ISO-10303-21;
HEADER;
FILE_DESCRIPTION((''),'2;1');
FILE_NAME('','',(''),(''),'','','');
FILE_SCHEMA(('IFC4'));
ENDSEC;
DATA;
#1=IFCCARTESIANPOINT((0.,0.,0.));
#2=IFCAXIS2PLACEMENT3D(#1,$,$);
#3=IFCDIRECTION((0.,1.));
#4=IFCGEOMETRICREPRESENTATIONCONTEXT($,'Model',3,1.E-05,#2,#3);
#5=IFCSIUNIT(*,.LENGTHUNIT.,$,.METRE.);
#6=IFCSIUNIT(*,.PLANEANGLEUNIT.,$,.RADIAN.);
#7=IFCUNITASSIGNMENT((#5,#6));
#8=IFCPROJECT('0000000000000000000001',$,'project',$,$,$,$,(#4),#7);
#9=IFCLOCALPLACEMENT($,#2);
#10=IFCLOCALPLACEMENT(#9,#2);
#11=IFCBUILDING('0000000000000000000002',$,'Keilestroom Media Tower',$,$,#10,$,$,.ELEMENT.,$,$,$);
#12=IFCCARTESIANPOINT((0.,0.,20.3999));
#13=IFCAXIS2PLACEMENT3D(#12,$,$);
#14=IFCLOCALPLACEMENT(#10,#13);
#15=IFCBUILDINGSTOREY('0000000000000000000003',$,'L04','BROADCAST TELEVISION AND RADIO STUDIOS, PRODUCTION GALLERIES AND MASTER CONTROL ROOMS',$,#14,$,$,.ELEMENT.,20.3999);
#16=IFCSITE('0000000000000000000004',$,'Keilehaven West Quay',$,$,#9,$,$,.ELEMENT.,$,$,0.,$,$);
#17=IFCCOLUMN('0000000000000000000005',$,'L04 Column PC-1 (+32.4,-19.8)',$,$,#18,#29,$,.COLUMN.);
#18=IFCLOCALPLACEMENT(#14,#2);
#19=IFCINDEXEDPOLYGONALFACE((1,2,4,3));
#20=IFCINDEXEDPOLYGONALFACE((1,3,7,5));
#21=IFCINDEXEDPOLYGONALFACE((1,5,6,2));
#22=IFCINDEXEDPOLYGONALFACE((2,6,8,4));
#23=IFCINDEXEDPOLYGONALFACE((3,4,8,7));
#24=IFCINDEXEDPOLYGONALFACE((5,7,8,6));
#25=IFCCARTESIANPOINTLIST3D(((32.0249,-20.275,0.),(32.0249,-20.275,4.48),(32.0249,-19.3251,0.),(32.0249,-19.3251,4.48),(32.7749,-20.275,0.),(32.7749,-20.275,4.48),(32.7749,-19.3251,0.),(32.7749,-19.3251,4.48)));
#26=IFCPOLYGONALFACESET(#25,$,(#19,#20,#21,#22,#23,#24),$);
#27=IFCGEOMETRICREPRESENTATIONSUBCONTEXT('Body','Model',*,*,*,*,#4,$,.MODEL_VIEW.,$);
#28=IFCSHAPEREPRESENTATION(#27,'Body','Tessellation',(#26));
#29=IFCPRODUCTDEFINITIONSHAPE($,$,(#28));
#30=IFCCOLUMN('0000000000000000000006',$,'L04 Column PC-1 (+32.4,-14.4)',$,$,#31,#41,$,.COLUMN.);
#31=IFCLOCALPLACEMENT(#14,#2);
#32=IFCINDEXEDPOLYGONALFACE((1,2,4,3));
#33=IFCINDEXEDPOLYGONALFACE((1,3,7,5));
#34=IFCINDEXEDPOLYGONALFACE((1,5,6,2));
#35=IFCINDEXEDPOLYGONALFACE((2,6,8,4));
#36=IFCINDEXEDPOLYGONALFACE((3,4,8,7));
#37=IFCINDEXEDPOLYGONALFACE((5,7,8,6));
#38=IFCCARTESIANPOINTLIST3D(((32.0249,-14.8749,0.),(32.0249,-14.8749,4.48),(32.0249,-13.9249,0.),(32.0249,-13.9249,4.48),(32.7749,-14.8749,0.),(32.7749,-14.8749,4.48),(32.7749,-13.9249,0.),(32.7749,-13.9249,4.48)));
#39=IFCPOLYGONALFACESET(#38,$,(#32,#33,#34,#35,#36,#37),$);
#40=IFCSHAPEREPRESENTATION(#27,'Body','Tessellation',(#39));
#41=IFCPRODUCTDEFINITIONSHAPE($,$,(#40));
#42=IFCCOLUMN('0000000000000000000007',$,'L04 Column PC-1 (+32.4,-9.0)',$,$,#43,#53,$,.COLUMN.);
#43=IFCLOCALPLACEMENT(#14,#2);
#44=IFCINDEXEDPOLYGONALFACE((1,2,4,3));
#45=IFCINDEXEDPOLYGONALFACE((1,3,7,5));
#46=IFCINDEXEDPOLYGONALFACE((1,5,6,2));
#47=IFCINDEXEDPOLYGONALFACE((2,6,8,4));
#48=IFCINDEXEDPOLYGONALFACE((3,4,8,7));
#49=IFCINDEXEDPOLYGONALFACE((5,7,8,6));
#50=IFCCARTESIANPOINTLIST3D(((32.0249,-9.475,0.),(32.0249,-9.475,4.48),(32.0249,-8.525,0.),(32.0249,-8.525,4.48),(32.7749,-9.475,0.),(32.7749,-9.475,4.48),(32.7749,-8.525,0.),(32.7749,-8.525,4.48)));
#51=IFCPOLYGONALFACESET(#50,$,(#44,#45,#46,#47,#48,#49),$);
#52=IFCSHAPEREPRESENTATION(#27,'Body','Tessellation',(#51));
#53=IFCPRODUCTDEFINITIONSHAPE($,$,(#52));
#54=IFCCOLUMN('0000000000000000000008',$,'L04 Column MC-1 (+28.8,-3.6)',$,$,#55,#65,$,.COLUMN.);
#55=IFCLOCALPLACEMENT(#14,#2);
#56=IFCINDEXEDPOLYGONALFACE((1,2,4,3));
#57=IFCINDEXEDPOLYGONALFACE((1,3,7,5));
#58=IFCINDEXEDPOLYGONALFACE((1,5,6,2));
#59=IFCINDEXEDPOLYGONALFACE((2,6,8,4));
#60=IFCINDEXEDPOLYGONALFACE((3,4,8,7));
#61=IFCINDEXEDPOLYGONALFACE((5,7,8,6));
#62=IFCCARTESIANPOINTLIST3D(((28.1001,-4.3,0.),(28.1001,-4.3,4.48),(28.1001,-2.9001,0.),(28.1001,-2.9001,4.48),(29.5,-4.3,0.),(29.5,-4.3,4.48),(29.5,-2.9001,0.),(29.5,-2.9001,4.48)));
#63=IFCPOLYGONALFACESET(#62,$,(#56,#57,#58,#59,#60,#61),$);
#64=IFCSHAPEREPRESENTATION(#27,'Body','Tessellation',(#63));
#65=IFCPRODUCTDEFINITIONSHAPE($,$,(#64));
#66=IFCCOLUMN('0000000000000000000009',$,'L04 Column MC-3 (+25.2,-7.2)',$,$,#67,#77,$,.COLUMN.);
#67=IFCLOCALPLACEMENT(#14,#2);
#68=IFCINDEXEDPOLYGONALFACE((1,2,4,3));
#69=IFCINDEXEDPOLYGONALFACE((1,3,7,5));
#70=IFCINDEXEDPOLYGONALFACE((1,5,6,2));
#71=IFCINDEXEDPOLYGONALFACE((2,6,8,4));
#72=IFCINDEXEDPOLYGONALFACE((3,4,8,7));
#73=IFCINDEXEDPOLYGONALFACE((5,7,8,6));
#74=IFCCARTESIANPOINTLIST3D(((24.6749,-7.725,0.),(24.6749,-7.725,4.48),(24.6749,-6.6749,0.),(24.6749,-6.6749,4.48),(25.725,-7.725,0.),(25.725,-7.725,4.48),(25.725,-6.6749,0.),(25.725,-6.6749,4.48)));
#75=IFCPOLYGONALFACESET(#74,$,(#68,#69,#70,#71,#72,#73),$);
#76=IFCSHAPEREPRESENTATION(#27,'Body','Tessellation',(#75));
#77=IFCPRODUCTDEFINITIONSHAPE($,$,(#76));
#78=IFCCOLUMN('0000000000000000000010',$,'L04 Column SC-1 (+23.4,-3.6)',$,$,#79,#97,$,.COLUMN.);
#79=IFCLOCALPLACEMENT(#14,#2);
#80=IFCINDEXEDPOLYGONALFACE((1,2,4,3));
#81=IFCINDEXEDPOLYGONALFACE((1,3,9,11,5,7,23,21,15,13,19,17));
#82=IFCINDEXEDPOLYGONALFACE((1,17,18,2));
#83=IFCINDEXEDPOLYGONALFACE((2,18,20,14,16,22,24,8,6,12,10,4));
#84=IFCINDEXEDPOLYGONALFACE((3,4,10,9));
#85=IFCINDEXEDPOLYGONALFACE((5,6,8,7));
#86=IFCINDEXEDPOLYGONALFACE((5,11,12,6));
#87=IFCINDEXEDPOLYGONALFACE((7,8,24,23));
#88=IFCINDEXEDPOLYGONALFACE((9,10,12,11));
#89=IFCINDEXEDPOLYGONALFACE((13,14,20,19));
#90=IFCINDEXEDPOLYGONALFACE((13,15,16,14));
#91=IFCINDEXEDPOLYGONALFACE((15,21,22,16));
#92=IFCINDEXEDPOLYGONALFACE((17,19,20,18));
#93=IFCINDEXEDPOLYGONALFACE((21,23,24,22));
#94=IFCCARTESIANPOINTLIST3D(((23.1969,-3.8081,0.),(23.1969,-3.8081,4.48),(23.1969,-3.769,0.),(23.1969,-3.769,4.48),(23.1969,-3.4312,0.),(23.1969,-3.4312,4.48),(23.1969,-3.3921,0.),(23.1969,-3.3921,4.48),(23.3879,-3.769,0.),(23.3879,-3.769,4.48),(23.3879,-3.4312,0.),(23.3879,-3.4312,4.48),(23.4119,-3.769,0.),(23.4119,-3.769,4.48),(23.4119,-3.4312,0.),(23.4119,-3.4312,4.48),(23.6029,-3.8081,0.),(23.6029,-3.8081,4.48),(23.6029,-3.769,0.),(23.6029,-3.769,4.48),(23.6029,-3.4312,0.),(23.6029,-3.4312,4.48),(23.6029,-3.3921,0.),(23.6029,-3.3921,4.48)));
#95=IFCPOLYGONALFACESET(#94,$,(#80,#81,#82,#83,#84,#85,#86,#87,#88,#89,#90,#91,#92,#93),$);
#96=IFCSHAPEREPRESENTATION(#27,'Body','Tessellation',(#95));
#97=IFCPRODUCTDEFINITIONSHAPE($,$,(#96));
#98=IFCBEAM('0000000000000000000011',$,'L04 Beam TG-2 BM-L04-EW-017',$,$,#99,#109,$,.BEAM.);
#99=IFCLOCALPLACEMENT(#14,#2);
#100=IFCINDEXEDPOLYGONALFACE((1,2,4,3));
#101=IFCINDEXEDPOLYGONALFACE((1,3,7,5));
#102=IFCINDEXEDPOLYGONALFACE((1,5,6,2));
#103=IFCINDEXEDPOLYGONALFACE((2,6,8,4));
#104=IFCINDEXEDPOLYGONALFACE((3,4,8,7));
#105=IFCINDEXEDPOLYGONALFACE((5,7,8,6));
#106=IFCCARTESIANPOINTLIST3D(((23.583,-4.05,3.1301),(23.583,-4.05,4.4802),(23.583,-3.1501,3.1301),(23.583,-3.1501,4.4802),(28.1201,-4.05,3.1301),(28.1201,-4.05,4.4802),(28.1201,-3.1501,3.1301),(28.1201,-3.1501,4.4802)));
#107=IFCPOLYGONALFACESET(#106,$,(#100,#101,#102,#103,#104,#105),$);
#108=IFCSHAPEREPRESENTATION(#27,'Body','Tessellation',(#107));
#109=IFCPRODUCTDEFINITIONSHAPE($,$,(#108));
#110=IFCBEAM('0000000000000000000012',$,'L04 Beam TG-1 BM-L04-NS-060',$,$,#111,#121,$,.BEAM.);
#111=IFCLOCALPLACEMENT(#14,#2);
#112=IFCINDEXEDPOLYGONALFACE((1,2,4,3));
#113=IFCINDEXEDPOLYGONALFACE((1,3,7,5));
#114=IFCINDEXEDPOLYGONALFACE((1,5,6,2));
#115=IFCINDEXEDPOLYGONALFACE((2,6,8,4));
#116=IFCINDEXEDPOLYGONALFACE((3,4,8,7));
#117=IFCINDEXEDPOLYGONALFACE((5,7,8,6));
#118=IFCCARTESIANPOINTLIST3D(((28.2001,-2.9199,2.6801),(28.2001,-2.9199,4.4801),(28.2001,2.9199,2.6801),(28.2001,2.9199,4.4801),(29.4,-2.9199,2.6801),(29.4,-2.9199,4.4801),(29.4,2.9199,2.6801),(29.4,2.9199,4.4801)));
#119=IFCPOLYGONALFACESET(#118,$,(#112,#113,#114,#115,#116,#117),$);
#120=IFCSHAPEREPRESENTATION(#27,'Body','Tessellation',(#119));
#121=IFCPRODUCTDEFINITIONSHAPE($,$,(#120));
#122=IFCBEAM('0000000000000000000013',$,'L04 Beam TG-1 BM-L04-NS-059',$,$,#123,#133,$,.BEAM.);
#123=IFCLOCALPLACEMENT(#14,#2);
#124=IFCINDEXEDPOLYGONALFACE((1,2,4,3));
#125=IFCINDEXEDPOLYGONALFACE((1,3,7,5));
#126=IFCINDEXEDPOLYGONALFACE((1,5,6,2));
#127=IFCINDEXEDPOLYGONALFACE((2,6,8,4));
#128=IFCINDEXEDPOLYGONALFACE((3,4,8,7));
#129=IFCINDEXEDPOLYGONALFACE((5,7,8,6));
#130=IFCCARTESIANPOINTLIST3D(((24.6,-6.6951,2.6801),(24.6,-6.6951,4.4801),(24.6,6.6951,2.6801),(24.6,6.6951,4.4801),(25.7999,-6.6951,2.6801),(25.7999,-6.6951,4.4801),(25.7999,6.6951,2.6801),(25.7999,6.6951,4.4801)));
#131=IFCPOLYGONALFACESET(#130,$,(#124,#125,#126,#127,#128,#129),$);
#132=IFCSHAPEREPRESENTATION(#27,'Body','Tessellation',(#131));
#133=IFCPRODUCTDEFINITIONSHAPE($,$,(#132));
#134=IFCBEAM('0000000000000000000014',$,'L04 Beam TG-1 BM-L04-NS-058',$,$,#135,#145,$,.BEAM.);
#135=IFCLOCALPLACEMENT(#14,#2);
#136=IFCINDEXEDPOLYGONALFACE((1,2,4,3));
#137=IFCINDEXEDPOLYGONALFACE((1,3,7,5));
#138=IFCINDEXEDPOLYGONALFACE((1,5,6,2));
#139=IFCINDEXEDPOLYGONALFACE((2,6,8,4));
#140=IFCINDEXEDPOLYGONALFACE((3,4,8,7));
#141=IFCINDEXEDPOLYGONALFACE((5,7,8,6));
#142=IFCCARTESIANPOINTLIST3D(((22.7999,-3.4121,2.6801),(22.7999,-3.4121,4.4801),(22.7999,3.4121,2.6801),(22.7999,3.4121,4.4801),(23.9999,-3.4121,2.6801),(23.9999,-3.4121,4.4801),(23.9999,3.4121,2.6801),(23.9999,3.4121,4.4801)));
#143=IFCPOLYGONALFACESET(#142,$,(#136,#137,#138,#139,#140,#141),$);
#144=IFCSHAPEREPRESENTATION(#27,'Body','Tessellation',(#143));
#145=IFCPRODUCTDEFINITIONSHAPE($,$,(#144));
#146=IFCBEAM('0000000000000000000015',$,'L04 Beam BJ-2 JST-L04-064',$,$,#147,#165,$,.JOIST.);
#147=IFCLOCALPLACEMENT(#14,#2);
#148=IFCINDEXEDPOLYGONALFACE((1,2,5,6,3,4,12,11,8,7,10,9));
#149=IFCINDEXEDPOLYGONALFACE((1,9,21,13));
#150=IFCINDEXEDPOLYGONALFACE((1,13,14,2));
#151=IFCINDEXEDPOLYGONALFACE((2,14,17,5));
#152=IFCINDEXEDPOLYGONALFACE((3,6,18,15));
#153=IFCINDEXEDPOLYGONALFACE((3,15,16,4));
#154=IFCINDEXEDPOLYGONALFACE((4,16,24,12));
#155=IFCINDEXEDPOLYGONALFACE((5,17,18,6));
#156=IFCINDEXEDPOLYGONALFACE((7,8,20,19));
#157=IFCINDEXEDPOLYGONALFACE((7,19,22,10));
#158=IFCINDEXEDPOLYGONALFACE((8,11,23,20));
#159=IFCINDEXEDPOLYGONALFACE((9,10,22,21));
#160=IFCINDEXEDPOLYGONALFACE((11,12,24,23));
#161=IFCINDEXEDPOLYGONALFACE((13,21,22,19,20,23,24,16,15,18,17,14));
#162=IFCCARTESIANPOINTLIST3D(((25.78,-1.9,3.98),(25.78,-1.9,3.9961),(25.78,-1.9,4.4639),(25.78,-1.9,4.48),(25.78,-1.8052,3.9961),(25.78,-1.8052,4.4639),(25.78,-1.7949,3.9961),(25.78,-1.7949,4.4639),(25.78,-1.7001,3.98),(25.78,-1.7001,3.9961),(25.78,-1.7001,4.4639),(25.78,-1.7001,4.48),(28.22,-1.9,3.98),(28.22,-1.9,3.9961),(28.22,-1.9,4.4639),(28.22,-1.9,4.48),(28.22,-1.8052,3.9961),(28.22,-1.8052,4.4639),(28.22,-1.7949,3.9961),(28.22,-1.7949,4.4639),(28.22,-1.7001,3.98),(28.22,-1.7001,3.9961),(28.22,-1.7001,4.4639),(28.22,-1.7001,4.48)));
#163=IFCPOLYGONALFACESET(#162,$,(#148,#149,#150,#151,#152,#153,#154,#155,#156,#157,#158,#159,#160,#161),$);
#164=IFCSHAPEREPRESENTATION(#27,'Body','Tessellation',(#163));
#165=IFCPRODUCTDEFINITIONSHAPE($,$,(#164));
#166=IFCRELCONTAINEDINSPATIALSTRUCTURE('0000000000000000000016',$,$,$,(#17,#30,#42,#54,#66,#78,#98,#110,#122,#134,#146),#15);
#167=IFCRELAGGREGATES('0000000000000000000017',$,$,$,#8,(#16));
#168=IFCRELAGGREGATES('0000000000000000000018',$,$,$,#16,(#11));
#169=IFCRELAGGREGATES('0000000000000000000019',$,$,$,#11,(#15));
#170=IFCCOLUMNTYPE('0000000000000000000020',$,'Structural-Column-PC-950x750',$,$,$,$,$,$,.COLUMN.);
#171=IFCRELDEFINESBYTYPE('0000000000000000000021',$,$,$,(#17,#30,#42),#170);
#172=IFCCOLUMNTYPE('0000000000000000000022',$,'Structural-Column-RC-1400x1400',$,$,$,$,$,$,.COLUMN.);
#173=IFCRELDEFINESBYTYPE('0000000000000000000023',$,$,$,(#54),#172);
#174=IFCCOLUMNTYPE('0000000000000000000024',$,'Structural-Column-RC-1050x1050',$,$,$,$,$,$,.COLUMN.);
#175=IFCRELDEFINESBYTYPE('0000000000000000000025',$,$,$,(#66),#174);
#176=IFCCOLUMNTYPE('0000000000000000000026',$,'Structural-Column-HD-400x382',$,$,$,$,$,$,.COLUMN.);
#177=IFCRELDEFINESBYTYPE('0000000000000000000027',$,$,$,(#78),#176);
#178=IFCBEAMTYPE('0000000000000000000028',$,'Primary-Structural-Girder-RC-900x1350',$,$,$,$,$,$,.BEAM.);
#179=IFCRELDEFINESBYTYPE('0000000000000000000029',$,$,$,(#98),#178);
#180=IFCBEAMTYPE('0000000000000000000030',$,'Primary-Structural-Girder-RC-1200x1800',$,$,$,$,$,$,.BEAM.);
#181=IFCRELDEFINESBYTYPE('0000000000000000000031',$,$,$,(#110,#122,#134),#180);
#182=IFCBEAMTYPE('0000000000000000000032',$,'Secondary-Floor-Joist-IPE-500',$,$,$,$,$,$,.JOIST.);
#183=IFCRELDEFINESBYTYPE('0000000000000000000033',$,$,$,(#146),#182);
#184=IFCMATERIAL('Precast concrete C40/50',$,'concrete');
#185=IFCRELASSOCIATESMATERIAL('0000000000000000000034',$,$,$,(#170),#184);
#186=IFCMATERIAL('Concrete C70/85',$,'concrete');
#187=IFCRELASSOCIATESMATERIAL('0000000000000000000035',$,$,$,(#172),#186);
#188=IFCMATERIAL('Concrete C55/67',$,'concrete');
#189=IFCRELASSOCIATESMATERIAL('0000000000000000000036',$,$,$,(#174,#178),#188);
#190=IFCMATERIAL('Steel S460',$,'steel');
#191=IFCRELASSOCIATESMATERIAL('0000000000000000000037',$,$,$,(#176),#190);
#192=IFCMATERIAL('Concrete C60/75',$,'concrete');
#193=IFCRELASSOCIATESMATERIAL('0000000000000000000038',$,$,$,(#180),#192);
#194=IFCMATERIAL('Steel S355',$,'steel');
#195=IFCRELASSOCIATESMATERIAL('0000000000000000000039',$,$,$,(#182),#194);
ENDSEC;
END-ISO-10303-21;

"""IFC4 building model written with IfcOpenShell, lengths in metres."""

from ifc_helpers import new_model, si_unit, direction, frame, origin, origin_2d, place, context, subcontext, project, spatial, rectangle, i_section, extrude, source, transform, mapped, material, material_profile, profile_set, type_object, element, save


model = new_model("IFC4")

# Units and contexts
model_context = context("Model", 3, precision=1e-05, world=origin(), true_north=direction((0.0, 1.0)))
body_context = subcontext(model_context, "Body", "Model", "MODEL_VIEW")
ifc_project = project(units=[si_unit("LENGTHUNIT", "METRE"), si_unit("PLANEANGLEUNIT", "RADIAN")], contexts=[model_context])

# Site, building, storey
site_placement = place(None, origin())
site = spatial("IfcSite", under=ifc_project, at=site_placement, Name="Keilehaven West Quay", CompositionType="ELEMENT", RefElevation=0.0)
building_placement = place(site_placement, origin())
building = spatial("IfcBuilding", under=site, at=building_placement, Name="Keilestroom Media Tower", CompositionType="ELEMENT")
storey_placement = place(building_placement, frame((0.0, 0.0, 20.3999)))
storey = spatial("IfcBuildingStorey", under=building, at=storey_placement, Name="L04", Description="BROADCAST TELEVISION AND RADIO STUDIOS, PRODUCTION GALLERIES AND MASTER CONTROL ROOMS", CompositionType="ELEMENT", Elevation=20.3999)

# Columns
ifc_material_1 = material(Name="Precast concrete C40/50", Category="concrete")
ifc_material_profile_1 = material_profile(ifc_material_1, rectangle(XDim=0.75, YDim=0.95, at=origin_2d()), Name="PC 950x750")
ifc_profile_set_1 = profile_set([ifc_material_profile_1], Name="Precast concrete C40/50")
column_type_1 = type_object("IfcColumnType", Name="Structural-Column-PC-950x750", PredefinedType="COLUMN", material=ifc_profile_set_1)
shared_shape_1 = source(origin(), body_context, "Body", "SweptSolid", [
    extrude(rectangle(XDim=0.75, YDim=0.95, at=origin_2d()), origin(), (0.0, 0.0, 1.0), 4.48),
])
for number, where, z_axis, x_axis, name in (
    (1, (32.3999, -19.8, 0.0), (0.0, 0.0, 1.0), (1.0, 0.0, 0.0), "L04 Column PC-1 (+32.4,-19.8)"),
    (2, (32.3999, -14.3999, 0.0), (0.0, 0.0, 1.0), (1.0, 0.0, 0.0), "L04 Column PC-1 (+32.4,-14.4)"),
    (3, (32.3999, -9.0, 0.0), (0.0, 0.0, 1.0), (1.0, 0.0, 0.0), "L04 Column PC-1 (+32.4,-9.0)"),
):
    element("IfcColumn", number, at=place(storey_placement, frame(where, z_axis=z_axis, x_axis=x_axis)), inside=storey, type_object=column_type_1, Name=name, PredefinedType="COLUMN", context=body_context, shape_type="MappedRepresentation", body=[
        mapped(shared_shape_1, transform((0.0, 0.0, 0.0), x_axis=(1.0, 0.0, 0.0), y_axis=(0.0, 1.0, 0.0), z_axis=(0.0, 0.0, 1.0), scale=1.0)),
    ])
ifc_material_2 = material(Name="Concrete C70/85", Category="concrete")
ifc_material_profile_2 = material_profile(ifc_material_2, rectangle(XDim=1.3999, YDim=1.3999, at=origin_2d()), Name="RC 1400x1400")
ifc_profile_set_2 = profile_set([ifc_material_profile_2], Name="Concrete C70/85")
column_type_2 = type_object("IfcColumnType", Name="Structural-Column-RC-1400x1400", PredefinedType="COLUMN", material=ifc_profile_set_2)
shared_shape_2 = source(origin(), body_context, "Body", "SweptSolid", [
    extrude(rectangle(XDim=1.3999, YDim=1.3999, at=origin_2d()), origin(), (0.0, 0.0, 1.0), 4.48),
])
column_1_placement = place(storey_placement, frame((28.8, -3.6001, 0.0), z_axis=(0.0, 0.0, 1.0), x_axis=(1.0, 0.0, 0.0)))
element("IfcColumn", 4, at=column_1_placement, inside=storey, type_object=column_type_2, Name="L04 Column MC-1 (+28.8,-3.6)", PredefinedType="COLUMN", context=body_context, shape_type="MappedRepresentation", body=[
    mapped(shared_shape_2, transform((0.0, 0.0, 0.0), x_axis=(1.0, 0.0, 0.0), y_axis=(0.0, 1.0, 0.0), z_axis=(0.0, 0.0, 1.0), scale=1.0)),
])
ifc_material_3 = material(Name="Concrete C55/67", Category="concrete")
ifc_material_profile_3 = material_profile(ifc_material_3, rectangle(XDim=1.05, YDim=1.05, at=origin_2d()), Name="RC 1050x1050")
ifc_profile_set_3 = profile_set([ifc_material_profile_3], Name="Concrete C55/67")
column_type_3 = type_object("IfcColumnType", Name="Structural-Column-RC-1050x1050", PredefinedType="COLUMN", material=ifc_profile_set_3)
shared_shape_3 = source(origin(), body_context, "Body", "SweptSolid", [
    extrude(rectangle(XDim=1.05, YDim=1.05, at=origin_2d()), origin(), (0.0, 0.0, 1.0), 4.48),
])
column_2_placement = place(storey_placement, frame((25.2, -7.2, 0.0), z_axis=(0.0, 0.0, 1.0), x_axis=(1.0, 0.0, 0.0)))
element("IfcColumn", 5, at=column_2_placement, inside=storey, type_object=column_type_3, Name="L04 Column MC-3 (+25.2,-7.2)", PredefinedType="COLUMN", context=body_context, shape_type="MappedRepresentation", body=[
    mapped(shared_shape_3, transform((0.0, 0.0, 0.0), x_axis=(1.0, 0.0, 0.0), y_axis=(0.0, 1.0, 0.0), z_axis=(0.0, 0.0, 1.0), scale=1.0)),
])
ifc_material_4 = material(Name="Steel S460", Category="steel")
ifc_material_profile_4 = material_profile(ifc_material_4, i_section(OverallWidth=0.406, OverallDepth=0.416, WebThickness=0.0239, FlangeThickness=0.0391, at=origin_2d()), Name="HD 400x382")
ifc_profile_set_4 = profile_set([ifc_material_profile_4], Name="Steel S460")
column_type_4 = type_object("IfcColumnType", Name="Structural-Column-HD-400x382", PredefinedType="COLUMN", material=ifc_profile_set_4)
shared_shape_4 = source(origin(), body_context, "Body", "SweptSolid", [
    extrude(i_section(OverallWidth=0.406, OverallDepth=0.416, WebThickness=0.0239, FlangeThickness=0.0391, at=origin_2d()), origin(), (0.0, 0.0, 1.0), 4.48),
])
column_3_placement = place(storey_placement, frame((23.3999, -3.6001, 0.0), z_axis=(0.0, 0.0, 1.0), x_axis=(1.0, 0.0, 0.0)))
element("IfcColumn", 6, at=column_3_placement, inside=storey, type_object=column_type_4, Name="L04 Column SC-1 (+23.4,-3.6)", PredefinedType="COLUMN", context=body_context, shape_type="MappedRepresentation", body=[
    mapped(shared_shape_4, transform((0.0, 0.0, 0.0), x_axis=(1.0, 0.0, 0.0), y_axis=(0.0, 1.0, 0.0), z_axis=(0.0, 0.0, 1.0), scale=1.0)),
])

# Beams
ifc_material_profile_5 = material_profile(ifc_material_3, rectangle(XDim=0.8999, YDim=1.3501, at=origin_2d()), Name="RC 900x1350")
ifc_profile_set_5 = profile_set([ifc_material_profile_5], Name="Concrete C55/67")
beam_type_1 = type_object("IfcBeamType", Name="Primary-Structural-Girder-RC-900x1350", PredefinedType="BEAM", material=ifc_profile_set_5)
shared_shape_5 = source(origin(), body_context, "Body", "SweptSolid", [
    extrude(rectangle(XDim=0.8999, YDim=1.3501, at=origin_2d()), origin(), (0.0, 0.0, 1.0), 4.5371),
])
beam_1_placement = place(storey_placement, frame((23.583, -3.6001, 3.8052), z_axis=(1.0, 0.0, 0.0), x_axis=(0.0, 1.0, 0.0)))
element("IfcBeam", 7, at=beam_1_placement, inside=storey, type_object=beam_type_1, Name="L04 Beam TG-2 BM-L04-EW-017", PredefinedType="BEAM", context=body_context, shape_type="MappedRepresentation", body=[
    mapped(shared_shape_5, transform((0.0, 0.0, 0.0), x_axis=(1.0, 0.0, 0.0), y_axis=(0.0, 1.0, 0.0), z_axis=(0.0, 0.0, 1.0), scale=1.0)),
])
ifc_material_5 = material(Name="Concrete C60/75", Category="concrete")
ifc_material_profile_6 = material_profile(ifc_material_5, rectangle(XDim=1.2, YDim=1.8, at=origin_2d()), Name="RC 1200x1800")
ifc_profile_set_6 = profile_set([ifc_material_profile_6], Name="Concrete C60/75")
beam_type_2 = type_object("IfcBeamType", Name="Primary-Structural-Girder-RC-1200x1800", PredefinedType="BEAM", material=ifc_profile_set_6)
shared_shape_6 = source(origin(), body_context, "Body", "SweptSolid", [
    extrude(rectangle(XDim=1.2, YDim=1.8, at=origin_2d()), origin(), (0.0, 0.0, 1.0), 5.8398),
])
beam_2_placement = place(storey_placement, frame((28.8, -2.9199, 3.5801), z_axis=(0.0, 1.0, 0.0), x_axis=(-1.0, 0.0, 0.0)))
element("IfcBeam", 8, at=beam_2_placement, inside=storey, type_object=beam_type_2, Name="L04 Beam TG-1 BM-L04-NS-060", PredefinedType="BEAM", context=body_context, shape_type="MappedRepresentation", body=[
    mapped(shared_shape_6, transform((0.0, 0.0, 0.0), x_axis=(1.0, 0.0, 0.0), y_axis=(0.0, 1.0, 0.0), z_axis=(0.0, 0.0, 1.0), scale=1.0)),
])
shared_shape_7 = source(origin(), body_context, "Body", "SweptSolid", [
    extrude(rectangle(XDim=1.2, YDim=1.8, at=origin_2d()), origin(), (0.0, 0.0, 1.0), 13.3901),
])
beam_3_placement = place(storey_placement, frame((25.2, -6.6951, 3.5801), z_axis=(0.0, 1.0, 0.0), x_axis=(-1.0, 0.0, 0.0)))
element("IfcBeam", 9, at=beam_3_placement, inside=storey, type_object=beam_type_2, Name="L04 Beam TG-1 BM-L04-NS-059", PredefinedType="BEAM", context=body_context, shape_type="MappedRepresentation", body=[
    mapped(shared_shape_7, transform((0.0, 0.0, 0.0), x_axis=(1.0, 0.0, 0.0), y_axis=(0.0, 1.0, 0.0), z_axis=(0.0, 0.0, 1.0), scale=1.0)),
])
shared_shape_8 = source(origin(), body_context, "Body", "SweptSolid", [
    extrude(rectangle(XDim=1.2, YDim=1.8, at=origin_2d()), origin(), (0.0, 0.0, 1.0), 6.8242),
])
beam_4_placement = place(storey_placement, frame((23.3999, -3.4121, 3.5801), z_axis=(0.0, 1.0, 0.0), x_axis=(-1.0, 0.0, 0.0)))
element("IfcBeam", 10, at=beam_4_placement, inside=storey, type_object=beam_type_2, Name="L04 Beam TG-1 BM-L04-NS-058", PredefinedType="BEAM", context=body_context, shape_type="MappedRepresentation", body=[
    mapped(shared_shape_8, transform((0.0, 0.0, 0.0), x_axis=(1.0, 0.0, 0.0), y_axis=(0.0, 1.0, 0.0), z_axis=(0.0, 0.0, 1.0), scale=1.0)),
])
ifc_material_6 = material(Name="Steel S355", Category="steel")
ifc_material_profile_7 = material_profile(ifc_material_6, i_section(OverallWidth=0.2, OverallDepth=0.5, WebThickness=0.0103, FlangeThickness=0.0161, at=origin_2d()), Name="IPE 500")
ifc_profile_set_7 = profile_set([ifc_material_profile_7], Name="Steel S355")
beam_type_3 = type_object("IfcBeamType", Name="Secondary-Floor-Joist-IPE-500", PredefinedType="JOIST", material=ifc_profile_set_7)
shared_shape_9 = source(origin(), body_context, "Body", "SweptSolid", [
    extrude(i_section(OverallWidth=0.2, OverallDepth=0.5, WebThickness=0.0103, FlangeThickness=0.0161, at=origin_2d()), origin(), (0.0, 0.0, 1.0), 2.4399),
])
beam_5_placement = place(storey_placement, frame((25.78, -1.8, 4.23), z_axis=(1.0, 0.0, 0.0), x_axis=(0.0, 1.0, 0.0)))
element("IfcBeam", 11, at=beam_5_placement, inside=storey, type_object=beam_type_3, Name="L04 Beam BJ-2 JST-L04-064", PredefinedType="JOIST", context=body_context, shape_type="MappedRepresentation", body=[
    mapped(shared_shape_9, transform((0.0, 0.0, 0.0), x_axis=(1.0, 0.0, 0.0), y_axis=(0.0, 1.0, 0.0), z_axis=(0.0, 0.0, 1.0), scale=1.0)),
])

save(model, "model.ifc")
